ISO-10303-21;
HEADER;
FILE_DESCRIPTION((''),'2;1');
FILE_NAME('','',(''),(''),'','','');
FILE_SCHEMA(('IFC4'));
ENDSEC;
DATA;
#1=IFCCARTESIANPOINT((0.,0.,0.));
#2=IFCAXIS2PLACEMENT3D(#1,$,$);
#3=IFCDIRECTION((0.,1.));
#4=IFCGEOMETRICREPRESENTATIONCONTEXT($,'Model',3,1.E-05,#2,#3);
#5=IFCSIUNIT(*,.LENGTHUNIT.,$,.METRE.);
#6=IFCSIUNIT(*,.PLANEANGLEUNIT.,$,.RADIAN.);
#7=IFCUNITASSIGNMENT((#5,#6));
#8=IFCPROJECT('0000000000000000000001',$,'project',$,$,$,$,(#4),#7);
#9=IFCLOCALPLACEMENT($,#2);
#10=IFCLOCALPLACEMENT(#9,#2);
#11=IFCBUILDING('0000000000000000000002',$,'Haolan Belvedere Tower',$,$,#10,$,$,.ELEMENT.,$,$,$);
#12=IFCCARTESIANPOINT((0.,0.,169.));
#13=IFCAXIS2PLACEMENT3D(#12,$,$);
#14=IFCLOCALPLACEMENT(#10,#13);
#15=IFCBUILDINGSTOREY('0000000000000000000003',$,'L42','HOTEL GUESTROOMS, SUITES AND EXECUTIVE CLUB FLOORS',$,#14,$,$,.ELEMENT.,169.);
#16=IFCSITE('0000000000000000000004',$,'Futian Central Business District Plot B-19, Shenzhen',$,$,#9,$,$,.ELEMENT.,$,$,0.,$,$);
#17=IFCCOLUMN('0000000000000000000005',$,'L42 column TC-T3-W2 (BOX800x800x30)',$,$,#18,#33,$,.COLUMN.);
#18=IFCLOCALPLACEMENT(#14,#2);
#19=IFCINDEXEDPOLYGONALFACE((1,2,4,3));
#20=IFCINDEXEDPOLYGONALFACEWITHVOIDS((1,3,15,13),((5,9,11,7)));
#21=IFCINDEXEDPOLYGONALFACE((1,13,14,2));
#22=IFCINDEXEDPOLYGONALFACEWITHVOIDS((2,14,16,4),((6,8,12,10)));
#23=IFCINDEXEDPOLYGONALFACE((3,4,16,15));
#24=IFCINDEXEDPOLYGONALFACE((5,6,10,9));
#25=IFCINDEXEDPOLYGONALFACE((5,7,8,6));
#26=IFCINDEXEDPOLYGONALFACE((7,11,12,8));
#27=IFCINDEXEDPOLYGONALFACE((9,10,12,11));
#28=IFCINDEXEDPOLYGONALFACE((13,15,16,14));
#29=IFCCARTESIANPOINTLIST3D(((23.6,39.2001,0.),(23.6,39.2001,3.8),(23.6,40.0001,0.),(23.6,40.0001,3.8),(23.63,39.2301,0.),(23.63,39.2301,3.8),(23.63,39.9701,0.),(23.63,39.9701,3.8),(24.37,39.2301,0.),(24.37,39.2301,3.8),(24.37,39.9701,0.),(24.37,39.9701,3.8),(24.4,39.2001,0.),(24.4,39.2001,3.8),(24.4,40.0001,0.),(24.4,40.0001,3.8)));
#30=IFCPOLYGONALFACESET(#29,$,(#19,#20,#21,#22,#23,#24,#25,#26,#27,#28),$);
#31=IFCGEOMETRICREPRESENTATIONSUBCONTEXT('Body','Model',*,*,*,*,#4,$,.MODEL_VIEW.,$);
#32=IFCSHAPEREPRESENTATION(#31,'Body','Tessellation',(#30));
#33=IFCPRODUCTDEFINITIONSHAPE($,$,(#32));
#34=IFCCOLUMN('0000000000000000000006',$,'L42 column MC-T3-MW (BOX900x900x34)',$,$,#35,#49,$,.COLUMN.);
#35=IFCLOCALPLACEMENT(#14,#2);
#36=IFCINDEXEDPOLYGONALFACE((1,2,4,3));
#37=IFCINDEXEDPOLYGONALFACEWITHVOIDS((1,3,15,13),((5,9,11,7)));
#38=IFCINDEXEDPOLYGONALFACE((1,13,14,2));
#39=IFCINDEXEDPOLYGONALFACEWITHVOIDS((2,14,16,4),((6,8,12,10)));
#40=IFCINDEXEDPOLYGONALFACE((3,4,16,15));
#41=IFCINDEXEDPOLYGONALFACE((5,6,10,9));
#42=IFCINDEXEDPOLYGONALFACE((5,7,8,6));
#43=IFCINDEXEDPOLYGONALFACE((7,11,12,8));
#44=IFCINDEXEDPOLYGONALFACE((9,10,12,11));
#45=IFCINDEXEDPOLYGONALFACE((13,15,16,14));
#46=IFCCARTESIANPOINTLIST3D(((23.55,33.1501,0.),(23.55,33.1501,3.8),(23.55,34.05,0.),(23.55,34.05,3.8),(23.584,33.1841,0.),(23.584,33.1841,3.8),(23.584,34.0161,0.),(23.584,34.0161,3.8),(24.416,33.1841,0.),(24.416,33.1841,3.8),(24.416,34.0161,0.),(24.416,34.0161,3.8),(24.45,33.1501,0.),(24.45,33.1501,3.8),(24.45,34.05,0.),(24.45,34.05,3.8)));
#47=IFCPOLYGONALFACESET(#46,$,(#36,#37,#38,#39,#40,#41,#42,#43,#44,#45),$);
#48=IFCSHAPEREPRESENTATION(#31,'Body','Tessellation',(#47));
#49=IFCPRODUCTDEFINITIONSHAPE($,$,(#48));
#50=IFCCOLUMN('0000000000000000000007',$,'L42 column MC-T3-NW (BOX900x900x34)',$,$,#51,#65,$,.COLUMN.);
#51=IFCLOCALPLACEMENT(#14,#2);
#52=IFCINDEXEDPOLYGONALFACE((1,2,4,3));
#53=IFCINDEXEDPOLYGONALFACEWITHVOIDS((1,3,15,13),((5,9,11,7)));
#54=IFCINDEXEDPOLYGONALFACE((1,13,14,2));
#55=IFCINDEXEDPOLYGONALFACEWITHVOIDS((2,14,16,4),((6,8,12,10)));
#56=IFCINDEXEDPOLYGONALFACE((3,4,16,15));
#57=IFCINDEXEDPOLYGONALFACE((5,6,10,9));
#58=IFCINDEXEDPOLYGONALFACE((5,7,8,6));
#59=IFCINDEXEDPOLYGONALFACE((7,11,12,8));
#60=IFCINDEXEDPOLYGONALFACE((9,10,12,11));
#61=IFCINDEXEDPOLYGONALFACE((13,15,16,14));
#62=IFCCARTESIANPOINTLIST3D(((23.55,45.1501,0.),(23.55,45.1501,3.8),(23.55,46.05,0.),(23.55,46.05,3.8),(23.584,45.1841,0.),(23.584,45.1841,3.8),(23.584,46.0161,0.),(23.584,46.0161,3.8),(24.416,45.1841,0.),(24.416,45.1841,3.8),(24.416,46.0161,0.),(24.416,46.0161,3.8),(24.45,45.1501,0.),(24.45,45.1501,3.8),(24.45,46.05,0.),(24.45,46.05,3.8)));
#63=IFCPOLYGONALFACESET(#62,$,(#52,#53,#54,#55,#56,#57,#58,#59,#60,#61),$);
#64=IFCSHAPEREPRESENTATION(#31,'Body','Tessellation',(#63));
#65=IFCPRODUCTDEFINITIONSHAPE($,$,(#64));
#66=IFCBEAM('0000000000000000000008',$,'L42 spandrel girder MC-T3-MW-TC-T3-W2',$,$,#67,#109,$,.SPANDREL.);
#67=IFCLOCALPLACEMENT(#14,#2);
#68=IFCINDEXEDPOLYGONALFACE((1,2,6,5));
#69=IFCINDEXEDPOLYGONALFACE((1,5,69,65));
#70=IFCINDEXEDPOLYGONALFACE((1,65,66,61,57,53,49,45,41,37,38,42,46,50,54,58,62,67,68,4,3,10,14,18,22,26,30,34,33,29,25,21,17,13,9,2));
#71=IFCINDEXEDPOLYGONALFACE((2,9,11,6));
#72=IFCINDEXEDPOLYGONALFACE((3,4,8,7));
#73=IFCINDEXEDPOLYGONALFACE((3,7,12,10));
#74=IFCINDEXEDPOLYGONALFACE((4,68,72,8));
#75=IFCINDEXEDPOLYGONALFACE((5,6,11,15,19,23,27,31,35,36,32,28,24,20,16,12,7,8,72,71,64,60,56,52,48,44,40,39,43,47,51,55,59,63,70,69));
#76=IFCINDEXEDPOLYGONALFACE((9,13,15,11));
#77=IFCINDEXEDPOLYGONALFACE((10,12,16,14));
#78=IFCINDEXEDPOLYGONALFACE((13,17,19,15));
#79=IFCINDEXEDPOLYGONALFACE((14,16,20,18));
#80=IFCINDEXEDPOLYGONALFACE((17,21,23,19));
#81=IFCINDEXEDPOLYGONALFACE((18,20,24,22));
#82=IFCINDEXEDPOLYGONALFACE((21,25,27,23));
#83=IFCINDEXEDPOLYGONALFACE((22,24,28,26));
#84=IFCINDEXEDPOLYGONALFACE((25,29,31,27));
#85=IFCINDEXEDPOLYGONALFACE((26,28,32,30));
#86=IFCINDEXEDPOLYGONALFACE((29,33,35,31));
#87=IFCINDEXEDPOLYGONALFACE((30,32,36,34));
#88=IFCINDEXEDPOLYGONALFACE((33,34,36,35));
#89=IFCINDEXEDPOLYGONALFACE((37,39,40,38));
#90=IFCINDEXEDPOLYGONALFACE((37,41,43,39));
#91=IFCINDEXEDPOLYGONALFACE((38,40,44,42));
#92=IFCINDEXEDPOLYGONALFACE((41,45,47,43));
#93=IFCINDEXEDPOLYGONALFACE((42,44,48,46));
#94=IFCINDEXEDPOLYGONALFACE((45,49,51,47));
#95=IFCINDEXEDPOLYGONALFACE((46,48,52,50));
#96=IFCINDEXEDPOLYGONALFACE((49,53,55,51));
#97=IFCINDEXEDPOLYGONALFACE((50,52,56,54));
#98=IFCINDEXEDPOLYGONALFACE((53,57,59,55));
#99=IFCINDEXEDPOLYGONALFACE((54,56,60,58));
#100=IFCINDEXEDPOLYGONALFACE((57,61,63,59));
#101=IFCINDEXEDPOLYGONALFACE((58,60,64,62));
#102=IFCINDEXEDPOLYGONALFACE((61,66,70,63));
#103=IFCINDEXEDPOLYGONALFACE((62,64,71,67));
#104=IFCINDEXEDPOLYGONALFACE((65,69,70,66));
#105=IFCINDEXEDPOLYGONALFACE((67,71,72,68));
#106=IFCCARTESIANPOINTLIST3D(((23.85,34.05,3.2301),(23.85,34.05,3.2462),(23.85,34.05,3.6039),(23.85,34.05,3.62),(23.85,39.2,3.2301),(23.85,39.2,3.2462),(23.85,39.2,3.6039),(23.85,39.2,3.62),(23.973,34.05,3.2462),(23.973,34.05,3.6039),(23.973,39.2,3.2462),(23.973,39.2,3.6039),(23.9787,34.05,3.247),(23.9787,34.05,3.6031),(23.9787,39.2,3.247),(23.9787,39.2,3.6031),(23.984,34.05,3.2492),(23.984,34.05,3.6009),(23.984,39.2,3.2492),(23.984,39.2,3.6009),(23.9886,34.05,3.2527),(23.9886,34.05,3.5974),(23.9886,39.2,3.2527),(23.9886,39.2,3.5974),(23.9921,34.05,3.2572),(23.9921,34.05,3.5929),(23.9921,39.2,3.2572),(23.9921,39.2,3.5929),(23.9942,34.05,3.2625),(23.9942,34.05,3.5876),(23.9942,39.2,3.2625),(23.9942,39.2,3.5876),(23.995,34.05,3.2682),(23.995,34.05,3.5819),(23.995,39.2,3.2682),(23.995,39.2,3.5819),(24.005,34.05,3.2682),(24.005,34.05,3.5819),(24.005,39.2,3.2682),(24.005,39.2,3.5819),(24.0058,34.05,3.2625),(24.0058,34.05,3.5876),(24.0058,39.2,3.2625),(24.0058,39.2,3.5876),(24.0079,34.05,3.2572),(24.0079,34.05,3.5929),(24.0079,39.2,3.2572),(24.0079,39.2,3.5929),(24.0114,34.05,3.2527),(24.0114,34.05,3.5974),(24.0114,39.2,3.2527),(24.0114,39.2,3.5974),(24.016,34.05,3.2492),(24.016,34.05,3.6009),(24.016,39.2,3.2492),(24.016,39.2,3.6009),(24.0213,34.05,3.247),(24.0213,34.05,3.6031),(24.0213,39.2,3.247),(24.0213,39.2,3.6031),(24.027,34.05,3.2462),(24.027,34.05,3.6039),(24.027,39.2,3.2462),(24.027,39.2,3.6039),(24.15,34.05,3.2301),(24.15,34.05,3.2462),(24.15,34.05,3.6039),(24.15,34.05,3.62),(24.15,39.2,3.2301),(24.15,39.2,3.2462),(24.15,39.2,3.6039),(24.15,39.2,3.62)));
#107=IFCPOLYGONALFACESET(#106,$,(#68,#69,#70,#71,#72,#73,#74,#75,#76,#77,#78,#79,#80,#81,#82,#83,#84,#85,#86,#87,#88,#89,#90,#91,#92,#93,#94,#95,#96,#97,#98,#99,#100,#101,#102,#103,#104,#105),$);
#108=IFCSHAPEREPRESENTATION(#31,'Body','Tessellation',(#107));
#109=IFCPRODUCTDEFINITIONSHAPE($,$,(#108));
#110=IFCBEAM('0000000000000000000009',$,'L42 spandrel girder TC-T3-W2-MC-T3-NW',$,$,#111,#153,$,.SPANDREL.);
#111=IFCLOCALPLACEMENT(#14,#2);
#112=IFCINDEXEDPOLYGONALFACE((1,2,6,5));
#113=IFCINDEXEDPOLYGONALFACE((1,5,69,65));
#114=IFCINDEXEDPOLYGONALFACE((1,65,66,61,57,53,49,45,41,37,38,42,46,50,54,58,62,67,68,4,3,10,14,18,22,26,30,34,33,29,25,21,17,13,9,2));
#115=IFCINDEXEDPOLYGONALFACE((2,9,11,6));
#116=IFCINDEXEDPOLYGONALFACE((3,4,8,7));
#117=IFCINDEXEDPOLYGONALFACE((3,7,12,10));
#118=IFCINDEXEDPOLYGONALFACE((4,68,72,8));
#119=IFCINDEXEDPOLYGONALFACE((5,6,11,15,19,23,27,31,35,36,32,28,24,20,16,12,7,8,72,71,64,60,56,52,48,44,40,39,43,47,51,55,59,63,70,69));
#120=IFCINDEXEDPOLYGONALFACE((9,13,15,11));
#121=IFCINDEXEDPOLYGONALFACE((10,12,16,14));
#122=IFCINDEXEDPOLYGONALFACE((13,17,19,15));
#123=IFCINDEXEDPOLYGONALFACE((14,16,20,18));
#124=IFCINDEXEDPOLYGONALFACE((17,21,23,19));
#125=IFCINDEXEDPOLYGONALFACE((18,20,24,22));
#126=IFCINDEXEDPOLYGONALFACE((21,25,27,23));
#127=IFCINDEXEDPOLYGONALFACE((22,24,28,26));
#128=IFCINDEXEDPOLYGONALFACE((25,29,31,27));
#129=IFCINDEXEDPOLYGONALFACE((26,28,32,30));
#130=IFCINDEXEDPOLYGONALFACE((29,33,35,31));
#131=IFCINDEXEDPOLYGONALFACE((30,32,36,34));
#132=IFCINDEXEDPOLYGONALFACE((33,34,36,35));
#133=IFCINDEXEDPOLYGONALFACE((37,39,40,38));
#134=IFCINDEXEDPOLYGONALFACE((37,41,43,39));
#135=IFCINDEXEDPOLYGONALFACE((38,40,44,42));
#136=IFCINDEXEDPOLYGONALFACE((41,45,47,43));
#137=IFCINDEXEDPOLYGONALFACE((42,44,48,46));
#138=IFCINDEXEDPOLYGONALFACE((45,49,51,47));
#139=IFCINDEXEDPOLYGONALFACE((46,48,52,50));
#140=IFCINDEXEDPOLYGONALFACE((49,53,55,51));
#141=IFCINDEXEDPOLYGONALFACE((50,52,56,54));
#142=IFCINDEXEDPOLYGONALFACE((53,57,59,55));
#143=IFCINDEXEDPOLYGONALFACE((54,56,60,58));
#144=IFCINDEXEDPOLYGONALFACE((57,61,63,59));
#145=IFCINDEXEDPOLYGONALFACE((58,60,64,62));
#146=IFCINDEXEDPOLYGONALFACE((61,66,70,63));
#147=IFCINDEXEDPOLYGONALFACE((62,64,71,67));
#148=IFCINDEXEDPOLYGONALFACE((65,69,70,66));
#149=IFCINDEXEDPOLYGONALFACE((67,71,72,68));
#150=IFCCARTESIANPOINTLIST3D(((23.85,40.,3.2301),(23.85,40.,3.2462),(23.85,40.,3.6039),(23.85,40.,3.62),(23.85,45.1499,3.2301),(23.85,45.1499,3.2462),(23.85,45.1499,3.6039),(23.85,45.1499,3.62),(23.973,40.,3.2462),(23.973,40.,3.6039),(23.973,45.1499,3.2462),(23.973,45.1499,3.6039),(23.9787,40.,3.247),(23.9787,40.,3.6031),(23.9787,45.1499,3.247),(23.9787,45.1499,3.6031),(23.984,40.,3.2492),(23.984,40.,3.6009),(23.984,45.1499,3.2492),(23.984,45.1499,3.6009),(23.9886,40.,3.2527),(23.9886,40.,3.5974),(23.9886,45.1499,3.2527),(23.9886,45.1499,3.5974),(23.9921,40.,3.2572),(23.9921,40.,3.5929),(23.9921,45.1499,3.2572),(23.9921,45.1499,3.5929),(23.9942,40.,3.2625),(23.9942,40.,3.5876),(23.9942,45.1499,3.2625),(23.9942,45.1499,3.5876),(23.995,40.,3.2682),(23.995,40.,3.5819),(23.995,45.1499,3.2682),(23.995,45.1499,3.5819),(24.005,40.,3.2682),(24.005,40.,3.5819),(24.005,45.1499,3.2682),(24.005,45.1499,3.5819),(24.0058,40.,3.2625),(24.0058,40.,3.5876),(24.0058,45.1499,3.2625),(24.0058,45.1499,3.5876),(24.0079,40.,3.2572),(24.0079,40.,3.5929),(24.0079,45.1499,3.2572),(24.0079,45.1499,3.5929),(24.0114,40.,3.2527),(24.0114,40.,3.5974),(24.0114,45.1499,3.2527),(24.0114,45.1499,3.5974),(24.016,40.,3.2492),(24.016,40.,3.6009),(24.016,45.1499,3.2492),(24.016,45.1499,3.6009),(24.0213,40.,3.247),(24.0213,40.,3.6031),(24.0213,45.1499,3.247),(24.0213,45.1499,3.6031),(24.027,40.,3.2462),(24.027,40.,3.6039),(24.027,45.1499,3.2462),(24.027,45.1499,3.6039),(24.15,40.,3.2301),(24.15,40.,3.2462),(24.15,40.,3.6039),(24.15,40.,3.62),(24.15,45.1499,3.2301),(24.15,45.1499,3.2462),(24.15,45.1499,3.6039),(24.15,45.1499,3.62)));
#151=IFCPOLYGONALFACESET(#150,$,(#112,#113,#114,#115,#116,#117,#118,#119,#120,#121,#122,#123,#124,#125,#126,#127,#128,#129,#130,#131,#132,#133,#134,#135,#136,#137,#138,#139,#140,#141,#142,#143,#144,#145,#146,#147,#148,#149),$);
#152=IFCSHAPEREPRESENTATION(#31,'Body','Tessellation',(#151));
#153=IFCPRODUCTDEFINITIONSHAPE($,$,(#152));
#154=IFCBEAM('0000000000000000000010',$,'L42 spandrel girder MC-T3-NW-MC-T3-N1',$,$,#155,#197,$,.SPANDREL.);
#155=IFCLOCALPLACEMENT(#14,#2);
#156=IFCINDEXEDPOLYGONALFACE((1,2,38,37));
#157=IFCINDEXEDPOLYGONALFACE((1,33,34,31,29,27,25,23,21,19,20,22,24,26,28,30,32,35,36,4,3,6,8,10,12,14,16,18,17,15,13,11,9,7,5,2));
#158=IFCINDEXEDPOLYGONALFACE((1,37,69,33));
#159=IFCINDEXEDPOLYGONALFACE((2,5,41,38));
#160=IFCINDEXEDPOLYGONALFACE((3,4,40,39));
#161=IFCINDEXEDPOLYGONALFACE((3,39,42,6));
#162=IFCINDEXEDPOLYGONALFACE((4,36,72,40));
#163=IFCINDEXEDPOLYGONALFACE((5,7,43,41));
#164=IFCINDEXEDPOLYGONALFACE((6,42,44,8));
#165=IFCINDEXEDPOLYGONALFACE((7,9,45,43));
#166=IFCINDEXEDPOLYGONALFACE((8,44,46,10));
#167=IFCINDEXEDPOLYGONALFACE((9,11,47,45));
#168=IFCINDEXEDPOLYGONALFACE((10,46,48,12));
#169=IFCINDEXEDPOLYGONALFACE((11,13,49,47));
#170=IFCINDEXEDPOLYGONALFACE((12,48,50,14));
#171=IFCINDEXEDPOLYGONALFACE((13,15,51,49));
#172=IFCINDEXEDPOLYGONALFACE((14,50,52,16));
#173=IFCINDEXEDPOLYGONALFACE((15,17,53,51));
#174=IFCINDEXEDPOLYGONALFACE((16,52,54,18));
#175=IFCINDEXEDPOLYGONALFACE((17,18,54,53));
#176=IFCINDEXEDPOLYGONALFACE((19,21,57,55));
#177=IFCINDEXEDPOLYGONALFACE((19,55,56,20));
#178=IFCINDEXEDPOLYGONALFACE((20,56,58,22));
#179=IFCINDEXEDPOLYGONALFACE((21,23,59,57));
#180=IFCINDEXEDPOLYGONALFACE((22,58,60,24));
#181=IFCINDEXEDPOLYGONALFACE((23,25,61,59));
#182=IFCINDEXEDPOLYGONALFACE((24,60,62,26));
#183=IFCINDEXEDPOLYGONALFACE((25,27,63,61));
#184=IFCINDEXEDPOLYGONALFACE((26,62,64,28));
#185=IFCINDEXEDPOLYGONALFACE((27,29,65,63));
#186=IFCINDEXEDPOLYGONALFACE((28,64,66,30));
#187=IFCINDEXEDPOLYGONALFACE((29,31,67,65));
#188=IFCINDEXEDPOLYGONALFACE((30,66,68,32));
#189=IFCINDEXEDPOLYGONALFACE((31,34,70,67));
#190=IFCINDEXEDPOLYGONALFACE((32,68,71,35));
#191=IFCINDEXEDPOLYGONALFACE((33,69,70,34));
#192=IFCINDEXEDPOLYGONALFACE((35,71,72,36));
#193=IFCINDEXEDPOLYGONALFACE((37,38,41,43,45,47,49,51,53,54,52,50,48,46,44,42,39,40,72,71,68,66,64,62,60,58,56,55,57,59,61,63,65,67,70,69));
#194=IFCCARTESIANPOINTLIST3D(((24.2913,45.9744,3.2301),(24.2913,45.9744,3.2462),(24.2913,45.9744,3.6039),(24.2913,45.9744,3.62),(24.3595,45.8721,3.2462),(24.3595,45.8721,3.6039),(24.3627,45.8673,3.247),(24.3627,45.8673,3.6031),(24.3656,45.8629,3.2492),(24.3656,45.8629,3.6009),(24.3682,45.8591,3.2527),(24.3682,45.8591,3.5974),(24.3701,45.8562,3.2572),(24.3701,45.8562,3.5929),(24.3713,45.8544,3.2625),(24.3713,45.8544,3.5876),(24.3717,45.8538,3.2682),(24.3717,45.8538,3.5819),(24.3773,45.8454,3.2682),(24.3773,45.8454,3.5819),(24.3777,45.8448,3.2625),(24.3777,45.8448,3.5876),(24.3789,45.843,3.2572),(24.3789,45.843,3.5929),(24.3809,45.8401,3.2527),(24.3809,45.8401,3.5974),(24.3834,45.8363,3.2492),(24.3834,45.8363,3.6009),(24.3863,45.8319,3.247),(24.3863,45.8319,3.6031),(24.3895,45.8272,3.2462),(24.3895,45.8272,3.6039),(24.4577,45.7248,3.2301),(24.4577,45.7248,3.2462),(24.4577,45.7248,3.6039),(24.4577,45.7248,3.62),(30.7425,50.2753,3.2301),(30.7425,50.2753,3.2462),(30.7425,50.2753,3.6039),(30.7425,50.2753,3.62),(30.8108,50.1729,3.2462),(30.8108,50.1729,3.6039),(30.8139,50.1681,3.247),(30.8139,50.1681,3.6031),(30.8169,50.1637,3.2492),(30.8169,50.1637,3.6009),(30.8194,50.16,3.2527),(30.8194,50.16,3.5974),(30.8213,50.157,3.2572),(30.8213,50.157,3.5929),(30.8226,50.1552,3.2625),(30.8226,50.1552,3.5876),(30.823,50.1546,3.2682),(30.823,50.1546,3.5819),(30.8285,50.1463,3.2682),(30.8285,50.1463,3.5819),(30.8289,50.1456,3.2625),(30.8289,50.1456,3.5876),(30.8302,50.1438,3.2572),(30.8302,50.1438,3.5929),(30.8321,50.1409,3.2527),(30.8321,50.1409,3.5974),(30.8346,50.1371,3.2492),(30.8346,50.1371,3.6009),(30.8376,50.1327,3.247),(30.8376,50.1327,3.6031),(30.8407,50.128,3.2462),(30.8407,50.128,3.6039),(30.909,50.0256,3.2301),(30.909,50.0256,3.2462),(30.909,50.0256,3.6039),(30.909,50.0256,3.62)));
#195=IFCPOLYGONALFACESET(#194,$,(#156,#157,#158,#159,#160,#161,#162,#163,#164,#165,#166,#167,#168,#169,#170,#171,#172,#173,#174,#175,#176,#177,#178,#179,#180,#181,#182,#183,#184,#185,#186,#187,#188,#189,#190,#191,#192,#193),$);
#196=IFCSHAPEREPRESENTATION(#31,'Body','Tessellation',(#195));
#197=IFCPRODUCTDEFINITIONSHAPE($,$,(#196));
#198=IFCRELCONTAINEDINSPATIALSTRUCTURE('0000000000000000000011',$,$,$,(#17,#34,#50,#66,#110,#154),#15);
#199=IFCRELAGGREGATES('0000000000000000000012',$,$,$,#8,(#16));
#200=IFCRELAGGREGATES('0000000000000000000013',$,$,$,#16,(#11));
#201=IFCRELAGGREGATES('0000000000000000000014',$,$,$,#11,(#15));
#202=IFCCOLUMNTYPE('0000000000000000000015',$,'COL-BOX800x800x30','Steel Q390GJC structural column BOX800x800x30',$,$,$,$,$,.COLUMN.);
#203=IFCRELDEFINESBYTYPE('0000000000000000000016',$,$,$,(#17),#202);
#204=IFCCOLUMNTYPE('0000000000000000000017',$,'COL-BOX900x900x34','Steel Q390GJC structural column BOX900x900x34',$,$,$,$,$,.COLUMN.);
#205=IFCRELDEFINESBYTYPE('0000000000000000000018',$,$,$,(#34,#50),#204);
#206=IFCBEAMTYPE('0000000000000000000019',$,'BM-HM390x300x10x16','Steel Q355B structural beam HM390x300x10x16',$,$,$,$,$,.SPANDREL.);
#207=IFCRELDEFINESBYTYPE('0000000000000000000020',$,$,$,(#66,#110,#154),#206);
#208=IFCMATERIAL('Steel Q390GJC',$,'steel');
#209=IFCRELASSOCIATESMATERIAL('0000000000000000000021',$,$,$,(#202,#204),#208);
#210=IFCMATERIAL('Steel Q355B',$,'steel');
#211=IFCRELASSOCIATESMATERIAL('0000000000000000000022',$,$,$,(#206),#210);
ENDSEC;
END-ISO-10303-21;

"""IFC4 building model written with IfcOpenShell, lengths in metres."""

from ifc_helpers import new_model, si_unit, direction, frame, origin, origin_2d, place, context, subcontext, project, spatial, hollow_rectangle, i_section, extrude, material, material_profile, profile_set, type_object, element, save


model = new_model("IFC4")

# Units and contexts
model_context = context("Model", 3, precision=1e-05, world=origin(), true_north=direction((0.0, 1.0)))
body_context = subcontext(model_context, "Body", "Model", "MODEL_VIEW")
ifc_project = project(units=[si_unit("LENGTHUNIT", "METRE"), si_unit("PLANEANGLEUNIT", "RADIAN")], contexts=[model_context])

# Site, building, storey
site_placement = place(None, origin())
site = spatial("IfcSite", under=ifc_project, at=site_placement, Name="Futian Central Business District Plot B-19, Shenzhen", CompositionType="ELEMENT", RefElevation=0.0)
building_placement = place(site_placement, origin())
building = spatial("IfcBuilding", under=site, at=building_placement, Name="Haolan Belvedere Tower", CompositionType="ELEMENT")
storey_placement = place(building_placement, frame((0.0, 0.0, 169.0)))
storey = spatial("IfcBuildingStorey", under=building, at=storey_placement, Name="L42", Description="HOTEL GUESTROOMS, SUITES AND EXECUTIVE CLUB FLOORS", CompositionType="ELEMENT", Elevation=169.0)

# Columns
ifc_material_1 = material(Name="Steel Q390GJC", Category="steel")
ifc_material_profile_1 = material_profile(ifc_material_1, hollow_rectangle(XDim=0.8, YDim=0.8, WallThickness=0.03, at=origin_2d()), Name="Steel Q390GJC")
ifc_profile_set_1 = profile_set([ifc_material_profile_1], Name="Steel Q390GJC")
column_type_1 = type_object("IfcColumnType", Name="COL-BOX800x800x30", Description="Steel Q390GJC structural column BOX800x800x30", PredefinedType="COLUMN", material=ifc_profile_set_1)
column_placement = place(storey_placement, frame((24.0, 39.6001, 0.0), z_axis=(0.0, 0.0, 1.0), x_axis=(1.0, 0.0, 0.0)))
element("IfcColumn", 1, at=column_placement, inside=storey, type_object=column_type_1, Name="L42 column TC-T3-W2 (BOX800x800x30)", PredefinedType="COLUMN", context=body_context, shape_type="SweptSolid", body=[
    extrude(hollow_rectangle(XDim=0.8, YDim=0.8, WallThickness=0.03, at=origin_2d()), origin(), (0.0, 0.0, 1.0), 3.8),
])
ifc_material_profile_2 = material_profile(ifc_material_1, hollow_rectangle(XDim=0.8999, YDim=0.8999, WallThickness=0.0339, at=origin_2d()), Name="Steel Q390GJC")
ifc_profile_set_2 = profile_set([ifc_material_profile_2], Name="Steel Q390GJC")
column_type_2 = type_object("IfcColumnType", Name="COL-BOX900x900x34", Description="Steel Q390GJC structural column BOX900x900x34", PredefinedType="COLUMN", material=ifc_profile_set_2)
for number, where, z_axis, x_axis, name in (
    (2, (24.0, 33.6001, 0.0), (0.0, 0.0, 1.0), (1.0, 0.0, 0.0), "L42 column MC-T3-MW (BOX900x900x34)"),
    (3, (24.0, 45.6001, 0.0), (0.0, 0.0, 1.0), (1.0, 0.0, 0.0), "L42 column MC-T3-NW (BOX900x900x34)"),
):
    element("IfcColumn", number, at=place(storey_placement, frame(where, z_axis=z_axis, x_axis=x_axis)), inside=storey, type_object=column_type_2, Name=name, PredefinedType="COLUMN", context=body_context, shape_type="SweptSolid", body=[
        extrude(hollow_rectangle(XDim=0.8999, YDim=0.8999, WallThickness=0.0339, at=origin_2d()), origin(), (0.0, 0.0, 1.0), 3.8),
    ])

# Beams
ifc_material_2 = material(Name="Steel Q355B", Category="steel")
ifc_material_profile_3 = material_profile(ifc_material_2, i_section(OverallWidth=0.3, OverallDepth=0.3899, WebThickness=0.01, FlangeThickness=0.0161, FilletRadius=0.022, at=origin_2d()), Name="Steel Q355B")
ifc_profile_set_3 = profile_set([ifc_material_profile_3], Name="Steel Q355B")
beam_type_1 = type_object("IfcBeamType", Name="BM-HM390x300x10x16", Description="Steel Q355B structural beam HM390x300x10x16", PredefinedType="SPANDREL", material=ifc_profile_set_3)
for number, where, z_axis, x_axis, name in (
    (4, (24.0, 34.05, 3.425), (0.0, 1.0, 0.0), (-1.0, 0.0, 0.0), "L42 spandrel girder MC-T3-MW-TC-T3-W2"),
    (5, (24.0, 40.0, 3.425), (0.0, 1.0, 0.0), (-1.0, 0.0, 0.0), "L42 spandrel girder TC-T3-W2-MC-T3-NW"),
):
    element("IfcBeam", number, at=place(storey_placement, frame(where, z_axis=z_axis, x_axis=x_axis)), inside=storey, type_object=beam_type_1, Name=name, PredefinedType="SPANDREL", context=body_context, shape_type="SweptSolid", body=[
        extrude(i_section(OverallWidth=0.3, OverallDepth=0.3899, WebThickness=0.01, FlangeThickness=0.0161, FilletRadius=0.022, at=origin_2d()), origin(), (0.0, 0.0, 1.0), 5.1499),
    ])
beam_1_placement = place(storey_placement, frame((24.3745, 45.8496, 3.425), z_axis=(0.83205, 0.5547, 0.0), x_axis=(-0.5547, 0.83205, 0.0)))
element("IfcBeam", 6, at=beam_1_placement, inside=storey, type_object=beam_type_1, Name="L42 spandrel girder MC-T3-NW-MC-T3-N1", PredefinedType="SPANDREL", context=body_context, shape_type="SweptSolid", body=[
    extrude(i_section(OverallWidth=0.3, OverallDepth=0.3899, WebThickness=0.01, FlangeThickness=0.0161, FilletRadius=0.022, at=origin_2d()), origin(), (0.0, 0.0, 1.0), 7.7534),
])

save(model, "model.ifc")
